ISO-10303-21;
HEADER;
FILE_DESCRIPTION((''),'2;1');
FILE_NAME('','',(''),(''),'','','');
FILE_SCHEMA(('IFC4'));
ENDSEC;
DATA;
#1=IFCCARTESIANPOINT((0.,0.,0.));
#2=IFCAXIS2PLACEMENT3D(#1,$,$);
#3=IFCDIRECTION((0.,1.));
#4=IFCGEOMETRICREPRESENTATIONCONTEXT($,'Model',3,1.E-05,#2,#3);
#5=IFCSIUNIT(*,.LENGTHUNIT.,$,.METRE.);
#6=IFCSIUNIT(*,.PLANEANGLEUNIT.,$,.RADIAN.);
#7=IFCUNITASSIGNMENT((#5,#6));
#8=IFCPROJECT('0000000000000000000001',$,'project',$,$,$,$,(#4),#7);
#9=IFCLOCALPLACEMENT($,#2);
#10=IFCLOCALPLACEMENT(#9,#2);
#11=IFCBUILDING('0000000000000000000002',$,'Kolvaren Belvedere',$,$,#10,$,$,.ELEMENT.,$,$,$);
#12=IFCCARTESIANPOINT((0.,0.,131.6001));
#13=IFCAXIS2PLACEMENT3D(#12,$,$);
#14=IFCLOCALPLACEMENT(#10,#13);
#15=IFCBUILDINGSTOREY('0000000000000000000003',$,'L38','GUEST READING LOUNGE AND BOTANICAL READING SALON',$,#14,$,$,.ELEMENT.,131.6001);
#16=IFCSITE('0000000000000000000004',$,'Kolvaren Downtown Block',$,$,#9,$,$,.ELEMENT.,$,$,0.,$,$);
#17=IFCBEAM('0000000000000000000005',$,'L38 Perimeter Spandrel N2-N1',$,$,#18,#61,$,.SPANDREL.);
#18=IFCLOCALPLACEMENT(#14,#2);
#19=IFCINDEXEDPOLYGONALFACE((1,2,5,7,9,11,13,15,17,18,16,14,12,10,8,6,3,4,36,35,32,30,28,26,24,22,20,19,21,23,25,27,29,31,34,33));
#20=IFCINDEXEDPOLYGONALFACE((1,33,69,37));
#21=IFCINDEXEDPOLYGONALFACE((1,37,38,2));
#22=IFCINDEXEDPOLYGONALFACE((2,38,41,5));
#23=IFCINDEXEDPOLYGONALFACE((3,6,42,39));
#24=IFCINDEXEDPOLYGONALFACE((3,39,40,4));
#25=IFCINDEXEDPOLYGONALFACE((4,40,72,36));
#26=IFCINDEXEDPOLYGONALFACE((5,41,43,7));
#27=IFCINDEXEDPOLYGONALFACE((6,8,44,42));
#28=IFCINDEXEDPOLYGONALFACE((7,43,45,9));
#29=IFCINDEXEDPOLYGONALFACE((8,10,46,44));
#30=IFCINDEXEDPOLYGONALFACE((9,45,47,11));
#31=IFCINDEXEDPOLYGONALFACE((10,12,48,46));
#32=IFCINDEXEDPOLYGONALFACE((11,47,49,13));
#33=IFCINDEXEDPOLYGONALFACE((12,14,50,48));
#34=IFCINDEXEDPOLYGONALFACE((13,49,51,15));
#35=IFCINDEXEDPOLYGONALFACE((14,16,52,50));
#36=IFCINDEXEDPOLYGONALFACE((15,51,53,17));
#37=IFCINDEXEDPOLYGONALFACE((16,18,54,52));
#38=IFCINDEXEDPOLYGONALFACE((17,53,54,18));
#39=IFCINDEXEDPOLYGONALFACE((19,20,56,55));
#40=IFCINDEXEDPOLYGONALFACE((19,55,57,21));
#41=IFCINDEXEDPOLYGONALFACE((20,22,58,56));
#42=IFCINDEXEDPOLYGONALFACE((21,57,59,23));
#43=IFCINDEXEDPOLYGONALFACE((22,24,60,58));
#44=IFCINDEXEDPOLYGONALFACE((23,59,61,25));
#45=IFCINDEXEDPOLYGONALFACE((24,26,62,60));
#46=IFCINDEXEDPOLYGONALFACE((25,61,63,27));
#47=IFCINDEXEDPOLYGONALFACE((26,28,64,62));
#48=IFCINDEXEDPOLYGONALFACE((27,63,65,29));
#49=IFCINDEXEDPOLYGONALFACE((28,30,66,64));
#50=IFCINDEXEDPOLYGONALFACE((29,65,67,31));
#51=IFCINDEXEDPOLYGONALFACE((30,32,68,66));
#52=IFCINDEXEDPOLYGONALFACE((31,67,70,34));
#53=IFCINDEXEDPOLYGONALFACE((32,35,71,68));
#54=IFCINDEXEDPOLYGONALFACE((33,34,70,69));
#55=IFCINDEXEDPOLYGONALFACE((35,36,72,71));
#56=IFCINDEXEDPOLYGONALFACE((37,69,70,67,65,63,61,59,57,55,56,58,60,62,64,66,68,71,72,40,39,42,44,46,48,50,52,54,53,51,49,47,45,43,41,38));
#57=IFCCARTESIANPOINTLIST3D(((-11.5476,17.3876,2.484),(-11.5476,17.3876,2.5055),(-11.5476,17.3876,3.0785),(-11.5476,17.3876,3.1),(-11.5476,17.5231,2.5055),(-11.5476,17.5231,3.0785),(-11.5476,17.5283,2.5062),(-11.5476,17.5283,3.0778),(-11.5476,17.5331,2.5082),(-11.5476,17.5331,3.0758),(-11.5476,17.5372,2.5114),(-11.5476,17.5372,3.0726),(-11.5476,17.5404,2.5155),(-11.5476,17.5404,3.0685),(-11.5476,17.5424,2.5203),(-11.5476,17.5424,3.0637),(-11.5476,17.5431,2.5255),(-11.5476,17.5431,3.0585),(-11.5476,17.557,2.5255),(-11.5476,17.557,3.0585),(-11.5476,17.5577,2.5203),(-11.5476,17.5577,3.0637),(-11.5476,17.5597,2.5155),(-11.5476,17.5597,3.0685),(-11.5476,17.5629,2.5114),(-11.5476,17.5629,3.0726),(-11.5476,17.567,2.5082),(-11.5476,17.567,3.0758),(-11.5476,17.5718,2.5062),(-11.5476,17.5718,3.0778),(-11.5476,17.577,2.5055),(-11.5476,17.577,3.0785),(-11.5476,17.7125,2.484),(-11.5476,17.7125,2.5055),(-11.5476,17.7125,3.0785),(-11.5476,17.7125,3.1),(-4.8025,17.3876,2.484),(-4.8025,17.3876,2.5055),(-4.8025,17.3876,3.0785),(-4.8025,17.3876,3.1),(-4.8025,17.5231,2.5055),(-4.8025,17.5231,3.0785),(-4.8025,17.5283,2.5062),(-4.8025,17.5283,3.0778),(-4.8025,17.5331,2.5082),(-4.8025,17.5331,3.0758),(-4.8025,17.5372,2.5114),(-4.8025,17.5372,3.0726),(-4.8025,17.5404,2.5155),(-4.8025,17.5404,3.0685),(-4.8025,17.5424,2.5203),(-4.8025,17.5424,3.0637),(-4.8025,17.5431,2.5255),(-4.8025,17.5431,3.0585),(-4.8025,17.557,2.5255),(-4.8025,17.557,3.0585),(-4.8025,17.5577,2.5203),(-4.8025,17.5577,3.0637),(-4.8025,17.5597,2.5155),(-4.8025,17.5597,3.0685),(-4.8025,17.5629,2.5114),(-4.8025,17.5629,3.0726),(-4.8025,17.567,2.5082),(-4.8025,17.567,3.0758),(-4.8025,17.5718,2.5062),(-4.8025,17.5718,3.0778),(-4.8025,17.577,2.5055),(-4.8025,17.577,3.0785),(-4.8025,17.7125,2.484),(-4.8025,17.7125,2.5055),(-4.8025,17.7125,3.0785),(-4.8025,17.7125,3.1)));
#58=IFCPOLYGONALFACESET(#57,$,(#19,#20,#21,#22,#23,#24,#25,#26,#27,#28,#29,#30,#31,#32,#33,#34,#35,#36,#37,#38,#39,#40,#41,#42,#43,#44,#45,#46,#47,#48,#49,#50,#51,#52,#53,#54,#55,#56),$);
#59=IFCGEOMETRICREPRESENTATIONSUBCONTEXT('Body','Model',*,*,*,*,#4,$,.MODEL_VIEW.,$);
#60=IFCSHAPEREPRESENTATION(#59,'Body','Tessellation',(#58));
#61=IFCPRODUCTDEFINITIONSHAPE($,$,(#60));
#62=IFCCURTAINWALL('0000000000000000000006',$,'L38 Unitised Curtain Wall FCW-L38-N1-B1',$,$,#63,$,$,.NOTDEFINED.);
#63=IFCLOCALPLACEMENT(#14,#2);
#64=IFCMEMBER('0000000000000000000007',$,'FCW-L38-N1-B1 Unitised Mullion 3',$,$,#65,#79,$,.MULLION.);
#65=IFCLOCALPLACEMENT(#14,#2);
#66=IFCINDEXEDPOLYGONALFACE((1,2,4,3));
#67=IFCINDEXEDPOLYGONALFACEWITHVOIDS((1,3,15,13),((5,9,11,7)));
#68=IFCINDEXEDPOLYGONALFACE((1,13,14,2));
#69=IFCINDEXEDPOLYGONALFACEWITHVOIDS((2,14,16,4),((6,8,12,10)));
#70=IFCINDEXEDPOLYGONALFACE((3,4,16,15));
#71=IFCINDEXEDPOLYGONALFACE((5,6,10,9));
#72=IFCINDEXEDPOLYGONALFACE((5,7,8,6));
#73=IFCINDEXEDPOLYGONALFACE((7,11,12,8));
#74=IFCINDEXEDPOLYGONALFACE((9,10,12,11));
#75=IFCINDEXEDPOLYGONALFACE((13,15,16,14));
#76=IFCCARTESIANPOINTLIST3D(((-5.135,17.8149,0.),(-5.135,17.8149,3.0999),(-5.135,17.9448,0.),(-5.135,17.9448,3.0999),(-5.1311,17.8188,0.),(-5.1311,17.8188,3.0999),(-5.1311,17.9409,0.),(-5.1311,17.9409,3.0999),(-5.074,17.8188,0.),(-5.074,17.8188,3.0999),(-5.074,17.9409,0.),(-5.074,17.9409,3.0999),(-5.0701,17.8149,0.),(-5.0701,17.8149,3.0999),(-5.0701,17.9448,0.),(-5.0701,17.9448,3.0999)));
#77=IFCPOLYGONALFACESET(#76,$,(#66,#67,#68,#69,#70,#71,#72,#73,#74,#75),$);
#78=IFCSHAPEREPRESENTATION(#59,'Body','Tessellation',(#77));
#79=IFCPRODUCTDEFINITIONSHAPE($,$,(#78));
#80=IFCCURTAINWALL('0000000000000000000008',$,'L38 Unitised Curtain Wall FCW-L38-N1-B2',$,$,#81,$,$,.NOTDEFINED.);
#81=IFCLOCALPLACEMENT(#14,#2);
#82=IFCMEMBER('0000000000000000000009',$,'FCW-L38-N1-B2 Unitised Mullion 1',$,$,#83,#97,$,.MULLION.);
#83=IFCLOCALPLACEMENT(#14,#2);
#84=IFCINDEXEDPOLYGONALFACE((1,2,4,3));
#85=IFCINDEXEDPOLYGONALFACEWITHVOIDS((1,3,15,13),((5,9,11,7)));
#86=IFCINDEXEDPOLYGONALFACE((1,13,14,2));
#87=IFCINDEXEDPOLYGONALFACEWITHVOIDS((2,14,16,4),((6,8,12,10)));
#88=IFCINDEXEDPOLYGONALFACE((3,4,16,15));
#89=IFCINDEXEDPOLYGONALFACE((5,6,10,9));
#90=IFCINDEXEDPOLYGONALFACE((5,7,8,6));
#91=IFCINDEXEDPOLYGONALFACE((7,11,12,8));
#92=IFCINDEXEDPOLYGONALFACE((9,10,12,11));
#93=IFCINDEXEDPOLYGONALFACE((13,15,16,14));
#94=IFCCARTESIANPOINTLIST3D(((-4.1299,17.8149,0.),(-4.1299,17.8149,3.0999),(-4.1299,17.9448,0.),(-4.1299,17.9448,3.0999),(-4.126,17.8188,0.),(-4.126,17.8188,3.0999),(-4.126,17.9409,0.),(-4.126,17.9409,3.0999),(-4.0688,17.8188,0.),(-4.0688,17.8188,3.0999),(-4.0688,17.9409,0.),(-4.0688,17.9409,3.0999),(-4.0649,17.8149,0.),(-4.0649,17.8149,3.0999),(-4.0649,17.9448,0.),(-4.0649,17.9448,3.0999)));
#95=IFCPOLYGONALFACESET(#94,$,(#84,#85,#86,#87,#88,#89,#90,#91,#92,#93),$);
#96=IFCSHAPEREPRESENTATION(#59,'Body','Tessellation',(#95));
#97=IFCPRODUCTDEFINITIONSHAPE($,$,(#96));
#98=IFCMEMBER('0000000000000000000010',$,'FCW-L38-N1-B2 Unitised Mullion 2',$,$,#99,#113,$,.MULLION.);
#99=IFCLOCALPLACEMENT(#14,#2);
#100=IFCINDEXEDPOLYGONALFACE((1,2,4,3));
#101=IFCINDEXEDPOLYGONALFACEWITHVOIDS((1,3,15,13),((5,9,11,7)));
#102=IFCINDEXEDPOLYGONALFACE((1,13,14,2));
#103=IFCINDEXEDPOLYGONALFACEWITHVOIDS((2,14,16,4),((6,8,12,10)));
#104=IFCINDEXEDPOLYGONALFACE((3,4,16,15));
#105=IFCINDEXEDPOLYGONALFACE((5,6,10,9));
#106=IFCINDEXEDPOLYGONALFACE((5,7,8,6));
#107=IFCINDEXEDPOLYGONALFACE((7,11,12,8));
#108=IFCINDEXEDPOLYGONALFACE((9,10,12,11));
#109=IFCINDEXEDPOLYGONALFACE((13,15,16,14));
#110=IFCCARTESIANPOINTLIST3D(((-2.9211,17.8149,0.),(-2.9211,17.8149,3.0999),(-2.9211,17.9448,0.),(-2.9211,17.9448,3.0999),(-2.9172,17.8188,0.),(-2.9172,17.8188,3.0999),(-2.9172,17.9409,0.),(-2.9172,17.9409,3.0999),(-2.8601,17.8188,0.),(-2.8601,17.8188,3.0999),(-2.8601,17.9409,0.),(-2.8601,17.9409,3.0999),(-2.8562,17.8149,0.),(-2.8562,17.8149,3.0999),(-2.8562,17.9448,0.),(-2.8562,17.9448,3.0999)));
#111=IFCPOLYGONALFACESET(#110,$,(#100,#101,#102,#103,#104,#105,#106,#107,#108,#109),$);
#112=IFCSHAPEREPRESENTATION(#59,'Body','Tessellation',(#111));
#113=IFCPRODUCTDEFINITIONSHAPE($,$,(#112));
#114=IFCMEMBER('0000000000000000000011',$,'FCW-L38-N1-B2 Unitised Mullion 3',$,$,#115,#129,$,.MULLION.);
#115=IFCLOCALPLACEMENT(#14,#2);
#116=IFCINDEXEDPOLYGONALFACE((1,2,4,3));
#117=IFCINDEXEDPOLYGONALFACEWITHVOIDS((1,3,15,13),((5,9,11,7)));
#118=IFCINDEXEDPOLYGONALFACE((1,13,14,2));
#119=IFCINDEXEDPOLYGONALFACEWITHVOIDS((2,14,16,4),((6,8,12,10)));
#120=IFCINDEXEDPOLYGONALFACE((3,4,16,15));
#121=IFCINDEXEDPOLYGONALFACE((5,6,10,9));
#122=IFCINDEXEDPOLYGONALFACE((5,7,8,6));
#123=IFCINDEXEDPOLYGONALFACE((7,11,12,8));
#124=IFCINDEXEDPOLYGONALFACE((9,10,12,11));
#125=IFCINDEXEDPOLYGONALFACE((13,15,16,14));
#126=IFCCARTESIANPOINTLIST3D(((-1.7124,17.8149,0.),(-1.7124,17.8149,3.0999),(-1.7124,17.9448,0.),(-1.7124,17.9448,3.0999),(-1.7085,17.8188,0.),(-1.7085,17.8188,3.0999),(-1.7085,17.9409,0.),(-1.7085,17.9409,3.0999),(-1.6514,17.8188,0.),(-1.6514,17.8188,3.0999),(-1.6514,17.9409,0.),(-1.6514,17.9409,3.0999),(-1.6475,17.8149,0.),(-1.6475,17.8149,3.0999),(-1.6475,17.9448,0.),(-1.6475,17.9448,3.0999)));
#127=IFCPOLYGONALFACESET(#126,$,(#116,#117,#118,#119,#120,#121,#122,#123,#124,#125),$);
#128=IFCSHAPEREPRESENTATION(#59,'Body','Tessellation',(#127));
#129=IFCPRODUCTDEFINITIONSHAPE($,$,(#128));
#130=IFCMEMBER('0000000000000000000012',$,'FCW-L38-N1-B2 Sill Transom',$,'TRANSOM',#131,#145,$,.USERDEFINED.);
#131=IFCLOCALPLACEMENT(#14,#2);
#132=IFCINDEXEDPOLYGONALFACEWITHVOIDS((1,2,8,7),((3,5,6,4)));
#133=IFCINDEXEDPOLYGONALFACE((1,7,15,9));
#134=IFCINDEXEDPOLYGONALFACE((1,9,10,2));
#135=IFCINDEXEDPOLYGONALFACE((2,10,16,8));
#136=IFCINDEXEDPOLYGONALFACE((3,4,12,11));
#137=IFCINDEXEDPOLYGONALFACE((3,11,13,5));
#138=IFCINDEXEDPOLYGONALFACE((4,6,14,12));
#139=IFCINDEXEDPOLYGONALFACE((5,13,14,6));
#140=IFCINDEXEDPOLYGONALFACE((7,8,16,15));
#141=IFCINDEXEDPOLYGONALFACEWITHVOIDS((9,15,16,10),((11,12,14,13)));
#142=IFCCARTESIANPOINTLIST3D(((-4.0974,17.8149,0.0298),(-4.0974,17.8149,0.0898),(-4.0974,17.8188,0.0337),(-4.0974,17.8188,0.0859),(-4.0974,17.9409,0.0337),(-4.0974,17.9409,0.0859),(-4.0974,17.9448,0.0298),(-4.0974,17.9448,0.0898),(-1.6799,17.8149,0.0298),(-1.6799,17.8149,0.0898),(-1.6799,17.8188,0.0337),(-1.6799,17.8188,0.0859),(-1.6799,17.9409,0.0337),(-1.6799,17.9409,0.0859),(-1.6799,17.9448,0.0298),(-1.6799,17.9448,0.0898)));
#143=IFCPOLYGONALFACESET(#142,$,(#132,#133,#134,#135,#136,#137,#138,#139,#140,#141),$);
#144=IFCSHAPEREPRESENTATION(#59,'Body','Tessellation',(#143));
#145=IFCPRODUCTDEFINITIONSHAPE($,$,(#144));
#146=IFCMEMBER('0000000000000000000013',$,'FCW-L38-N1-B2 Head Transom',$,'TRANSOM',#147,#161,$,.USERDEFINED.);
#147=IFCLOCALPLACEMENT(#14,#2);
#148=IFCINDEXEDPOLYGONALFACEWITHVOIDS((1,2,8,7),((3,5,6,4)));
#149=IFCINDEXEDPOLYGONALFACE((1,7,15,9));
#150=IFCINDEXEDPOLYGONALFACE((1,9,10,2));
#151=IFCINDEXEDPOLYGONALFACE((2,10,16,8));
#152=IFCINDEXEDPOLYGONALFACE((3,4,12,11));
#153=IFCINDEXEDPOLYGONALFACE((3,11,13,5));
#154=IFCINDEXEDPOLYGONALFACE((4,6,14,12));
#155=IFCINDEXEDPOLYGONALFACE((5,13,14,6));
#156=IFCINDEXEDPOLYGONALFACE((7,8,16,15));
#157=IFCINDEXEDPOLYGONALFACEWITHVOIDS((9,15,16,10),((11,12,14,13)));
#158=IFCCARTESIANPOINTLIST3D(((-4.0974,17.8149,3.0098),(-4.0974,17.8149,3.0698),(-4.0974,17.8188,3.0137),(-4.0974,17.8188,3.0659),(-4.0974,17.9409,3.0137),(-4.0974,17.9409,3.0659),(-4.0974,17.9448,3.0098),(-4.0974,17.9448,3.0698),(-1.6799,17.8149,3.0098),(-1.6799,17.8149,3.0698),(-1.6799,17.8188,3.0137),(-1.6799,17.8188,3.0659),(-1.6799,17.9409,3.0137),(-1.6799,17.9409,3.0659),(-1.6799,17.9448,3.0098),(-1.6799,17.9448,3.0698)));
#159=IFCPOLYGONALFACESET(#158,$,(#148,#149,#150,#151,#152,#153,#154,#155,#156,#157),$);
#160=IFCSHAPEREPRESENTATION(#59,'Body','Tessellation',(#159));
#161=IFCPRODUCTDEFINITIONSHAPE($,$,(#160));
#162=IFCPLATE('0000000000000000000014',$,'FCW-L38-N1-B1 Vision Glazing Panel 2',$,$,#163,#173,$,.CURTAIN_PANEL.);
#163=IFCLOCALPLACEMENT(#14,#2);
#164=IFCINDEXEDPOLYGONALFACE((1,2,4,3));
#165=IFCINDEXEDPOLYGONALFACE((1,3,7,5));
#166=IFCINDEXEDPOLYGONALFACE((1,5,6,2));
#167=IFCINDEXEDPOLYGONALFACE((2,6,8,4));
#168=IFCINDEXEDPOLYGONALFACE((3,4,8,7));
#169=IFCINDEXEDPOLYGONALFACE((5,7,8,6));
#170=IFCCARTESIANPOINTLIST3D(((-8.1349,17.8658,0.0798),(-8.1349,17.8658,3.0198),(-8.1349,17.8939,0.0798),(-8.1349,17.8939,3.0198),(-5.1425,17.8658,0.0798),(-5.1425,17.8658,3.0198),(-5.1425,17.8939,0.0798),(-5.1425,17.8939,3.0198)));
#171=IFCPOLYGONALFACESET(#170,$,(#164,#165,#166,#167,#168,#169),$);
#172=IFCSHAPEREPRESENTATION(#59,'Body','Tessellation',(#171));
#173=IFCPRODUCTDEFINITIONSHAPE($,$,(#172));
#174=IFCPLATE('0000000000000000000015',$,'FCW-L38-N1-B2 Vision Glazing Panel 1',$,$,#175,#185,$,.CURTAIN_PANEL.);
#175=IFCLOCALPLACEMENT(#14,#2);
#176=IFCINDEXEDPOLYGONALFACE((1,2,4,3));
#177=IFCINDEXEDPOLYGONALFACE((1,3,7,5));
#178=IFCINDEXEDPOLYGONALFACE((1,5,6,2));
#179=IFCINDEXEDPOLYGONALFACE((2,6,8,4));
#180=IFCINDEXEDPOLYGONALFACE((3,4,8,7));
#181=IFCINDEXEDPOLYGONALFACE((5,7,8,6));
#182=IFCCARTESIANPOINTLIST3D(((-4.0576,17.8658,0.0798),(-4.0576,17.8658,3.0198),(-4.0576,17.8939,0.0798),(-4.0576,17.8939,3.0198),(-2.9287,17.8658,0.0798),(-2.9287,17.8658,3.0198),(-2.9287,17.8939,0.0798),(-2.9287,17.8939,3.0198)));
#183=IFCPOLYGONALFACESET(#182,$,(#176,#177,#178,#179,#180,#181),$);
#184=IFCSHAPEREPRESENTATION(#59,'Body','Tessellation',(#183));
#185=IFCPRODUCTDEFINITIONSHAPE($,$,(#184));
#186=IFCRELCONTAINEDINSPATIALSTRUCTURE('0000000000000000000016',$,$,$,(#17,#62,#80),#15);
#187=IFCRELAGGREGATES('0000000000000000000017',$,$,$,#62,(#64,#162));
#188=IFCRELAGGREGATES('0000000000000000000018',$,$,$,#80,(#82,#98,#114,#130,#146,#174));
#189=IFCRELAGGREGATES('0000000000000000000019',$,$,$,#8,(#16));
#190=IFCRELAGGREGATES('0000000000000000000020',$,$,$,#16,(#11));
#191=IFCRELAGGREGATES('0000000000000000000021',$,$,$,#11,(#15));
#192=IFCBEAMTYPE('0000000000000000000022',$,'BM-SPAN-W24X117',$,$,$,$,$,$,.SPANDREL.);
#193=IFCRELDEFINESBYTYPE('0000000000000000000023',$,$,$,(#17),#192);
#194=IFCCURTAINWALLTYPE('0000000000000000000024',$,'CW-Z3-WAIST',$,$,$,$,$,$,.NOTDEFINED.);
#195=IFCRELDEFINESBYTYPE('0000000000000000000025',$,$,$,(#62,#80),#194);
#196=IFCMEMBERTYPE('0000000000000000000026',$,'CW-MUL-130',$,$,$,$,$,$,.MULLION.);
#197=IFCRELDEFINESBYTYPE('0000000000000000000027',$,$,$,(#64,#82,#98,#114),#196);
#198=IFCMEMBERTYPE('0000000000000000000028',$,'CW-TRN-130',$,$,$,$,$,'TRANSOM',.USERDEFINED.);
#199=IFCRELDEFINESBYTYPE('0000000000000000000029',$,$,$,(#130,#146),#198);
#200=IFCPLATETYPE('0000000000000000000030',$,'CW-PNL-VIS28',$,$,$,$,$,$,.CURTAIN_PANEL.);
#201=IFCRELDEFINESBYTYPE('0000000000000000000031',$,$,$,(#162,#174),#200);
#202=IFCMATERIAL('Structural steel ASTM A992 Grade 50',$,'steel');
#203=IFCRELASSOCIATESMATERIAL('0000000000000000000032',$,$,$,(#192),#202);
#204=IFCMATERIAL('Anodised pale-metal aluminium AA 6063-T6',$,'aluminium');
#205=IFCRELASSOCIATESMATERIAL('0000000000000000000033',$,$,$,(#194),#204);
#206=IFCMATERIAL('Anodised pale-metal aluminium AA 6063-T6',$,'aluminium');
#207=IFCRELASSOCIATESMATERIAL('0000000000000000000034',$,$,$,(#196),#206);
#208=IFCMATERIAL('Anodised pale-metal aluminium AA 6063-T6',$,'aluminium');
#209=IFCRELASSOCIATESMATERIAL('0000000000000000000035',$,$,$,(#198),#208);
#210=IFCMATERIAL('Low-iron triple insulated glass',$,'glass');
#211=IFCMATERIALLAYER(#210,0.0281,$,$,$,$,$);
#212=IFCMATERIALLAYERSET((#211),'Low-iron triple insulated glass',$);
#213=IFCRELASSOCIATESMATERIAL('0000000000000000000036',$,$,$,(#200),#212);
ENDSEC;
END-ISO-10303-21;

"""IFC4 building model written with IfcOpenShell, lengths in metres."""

from ifc_helpers import new_model, si_unit, direction, frame, origin, origin_2d, place, context, subcontext, project, spatial, rectangle, hollow_rectangle, i_section, extrude, material, layer, layer_set, material_profile, profile_set, type_object, element, aggregate, save


model = new_model("IFC4")

# Units and contexts
model_context = context("Model", 3, precision=1e-05, world=origin(), true_north=direction((0.0, 1.0)))
body_context = subcontext(model_context, "Body", "Model", "MODEL_VIEW")
ifc_project = project(units=[si_unit("LENGTHUNIT", "METRE"), si_unit("PLANEANGLEUNIT", "RADIAN")], contexts=[model_context])

# Site, building, storey
site_placement = place(None, origin())
site = spatial("IfcSite", under=ifc_project, at=site_placement, Name="Kolvaren Downtown Block", CompositionType="ELEMENT", RefElevation=0.0)
building_placement = place(site_placement, origin())
building = spatial("IfcBuilding", under=site, at=building_placement, Name="Kolvaren Belvedere", CompositionType="ELEMENT")
storey_placement = place(building_placement, frame((0.0, 0.0, 131.6001)))
storey = spatial("IfcBuildingStorey", under=building, at=storey_placement, Name="L38", Description="GUEST READING LOUNGE AND BOTANICAL READING SALON", CompositionType="ELEMENT", Elevation=131.6001)

# Beam
ifc_material_1 = material(Name="Structural steel ASTM A992 Grade 50", Category="steel")
ifc_material_profile_1 = material_profile(ifc_material_1, i_section(OverallWidth=0.325, OverallDepth=0.616, WebThickness=0.0139, FlangeThickness=0.0215, FilletRadius=0.02, at=origin_2d()), Name="W24X117")
ifc_profile_set_1 = profile_set([ifc_material_profile_1], Name="Structural steel ASTM A992 Grade 50")
beam_type_1 = type_object("IfcBeamType", Name="BM-SPAN-W24X117", PredefinedType="SPANDREL", material=ifc_profile_set_1)
beam_1_placement = place(storey_placement, frame((-4.8025, 17.55, 2.792), z_axis=(-1.0, 0.0, 0.0), x_axis=(0.0, -1.0, 0.0)))
element("IfcBeam", 1, at=beam_1_placement, inside=storey, type_object=beam_type_1, Name="L38 Perimeter Spandrel N2-N1", PredefinedType="SPANDREL", context=body_context, shape_type="SweptSolid", body=[
    extrude(i_section(OverallWidth=0.325, OverallDepth=0.616, WebThickness=0.0139, FlangeThickness=0.0215, FilletRadius=0.02, at=origin_2d()), origin(), (0.0, 0.0, 1.0), 6.7451),
])

# Curtain wall, member
ifc_material_2 = material(Name="Anodised pale-metal aluminium AA 6063-T6", Category="aluminium")
curtain_wall_type = type_object("IfcCurtainWallType", Name="CW-Z3-WAIST", PredefinedType="NOTDEFINED", material=ifc_material_2)
curtain_wall_1_placement = place(storey_placement, origin())
curtain_wall_1 = element("IfcCurtainWall", 2, at=curtain_wall_1_placement, inside=storey, type_object=curtain_wall_type, Name="L38 Unitised Curtain Wall FCW-L38-N1-B1", PredefinedType="NOTDEFINED")
ifc_material_3 = material(Name="Anodised pale-metal aluminium AA 6063-T6", Category="aluminium")
ifc_material_profile_2 = material_profile(ifc_material_3, hollow_rectangle(XDim=0.0649, YDim=0.1299, WallThickness=0.0039, at=origin_2d()), Name="ALU-MUL-130X65")
ifc_profile_set_2 = profile_set([ifc_material_profile_2], Name="Anodised pale-metal aluminium AA 6063-T6")
member_type_1 = type_object("IfcMemberType", Name="CW-MUL-130", PredefinedType="MULLION", material=ifc_profile_set_2)
member_1_placement = place(storey_placement, frame((-5.1025, 17.8799, 0.0), z_axis=(0.0, 0.0, 1.0), x_axis=(1.0, 0.0, 0.0)))
member_1 = element("IfcMember", 3, at=member_1_placement, type_object=member_type_1, Name="FCW-L38-N1-B1 Unitised Mullion 3", PredefinedType="MULLION", context=body_context, shape_type="SweptSolid", body=[
    extrude(hollow_rectangle(XDim=0.0649, YDim=0.1299, WallThickness=0.0039, at=origin_2d()), origin(), (0.0, 0.0, 1.0), 3.0999),
])

# Curtain wall, members
curtain_wall_2_placement = place(storey_placement, origin())
curtain_wall_2 = element("IfcCurtainWall", 4, at=curtain_wall_2_placement, inside=storey, type_object=curtain_wall_type, Name="L38 Unitised Curtain Wall FCW-L38-N1-B2", PredefinedType="NOTDEFINED")
member_2_placement = place(storey_placement, frame((-4.0974, 17.8799, 0.0), z_axis=(0.0, 0.0, 1.0), x_axis=(1.0, 0.0, 0.0)))
member_2 = element("IfcMember", 5, at=member_2_placement, type_object=member_type_1, Name="FCW-L38-N1-B2 Unitised Mullion 1", PredefinedType="MULLION", context=body_context, shape_type="SweptSolid", body=[
    extrude(hollow_rectangle(XDim=0.0649, YDim=0.1299, WallThickness=0.0039, at=origin_2d()), origin(), (0.0, 0.0, 1.0), 3.0999),
])
member_3_placement = place(storey_placement, frame((-2.8887, 17.8799, 0.0), z_axis=(0.0, 0.0, 1.0), x_axis=(1.0, 0.0, 0.0)))
member_3 = element("IfcMember", 6, at=member_3_placement, type_object=member_type_1, Name="FCW-L38-N1-B2 Unitised Mullion 2", PredefinedType="MULLION", context=body_context, shape_type="SweptSolid", body=[
    extrude(hollow_rectangle(XDim=0.0649, YDim=0.1299, WallThickness=0.0039, at=origin_2d()), origin(), (0.0, 0.0, 1.0), 3.0999),
])
member_4_placement = place(storey_placement, frame((-1.6799, 17.8799, 0.0), z_axis=(0.0, 0.0, 1.0), x_axis=(1.0, 0.0, 0.0)))
member_4 = element("IfcMember", 7, at=member_4_placement, type_object=member_type_1, Name="FCW-L38-N1-B2 Unitised Mullion 3", PredefinedType="MULLION", context=body_context, shape_type="SweptSolid", body=[
    extrude(hollow_rectangle(XDim=0.0649, YDim=0.1299, WallThickness=0.0039, at=origin_2d()), origin(), (0.0, 0.0, 1.0), 3.0999),
])
ifc_material_4 = material(Name="Anodised pale-metal aluminium AA 6063-T6", Category="aluminium")
ifc_material_profile_3 = material_profile(ifc_material_4, hollow_rectangle(XDim=0.0601, YDim=0.1299, WallThickness=0.0039, at=origin_2d()), Name="ALU-TRN-130X60")
ifc_profile_set_3 = profile_set([ifc_material_profile_3], Name="Anodised pale-metal aluminium AA 6063-T6")
member_type_2 = type_object("IfcMemberType", Name="CW-TRN-130", ElementType="TRANSOM", PredefinedType="USERDEFINED", material=ifc_profile_set_3)
member_5_placement = place(storey_placement, frame((-4.0974, 17.8799, 0.0598), z_axis=(1.0, 0.0, 0.0), x_axis=(0.0, 0.0, 1.0)))
member_5 = element("IfcMember", 8, at=member_5_placement, type_object=member_type_2, Name="FCW-L38-N1-B2 Sill Transom", ObjectType="TRANSOM", PredefinedType="USERDEFINED", context=body_context, shape_type="SweptSolid", body=[
    extrude(hollow_rectangle(XDim=0.0601, YDim=0.1299, WallThickness=0.0039, at=origin_2d()), origin(), (0.0, 0.0, 1.0), 2.4175),
])
member_6_placement = place(storey_placement, frame((-4.0974, 17.8799, 3.0398), z_axis=(1.0, 0.0, 0.0), x_axis=(0.0, 0.0, 1.0)))
member_6 = element("IfcMember", 9, at=member_6_placement, type_object=member_type_2, Name="FCW-L38-N1-B2 Head Transom", ObjectType="TRANSOM", PredefinedType="USERDEFINED", context=body_context, shape_type="SweptSolid", body=[
    extrude(hollow_rectangle(XDim=0.0601, YDim=0.1299, WallThickness=0.0039, at=origin_2d()), origin(), (0.0, 0.0, 1.0), 2.4175),
])

# Plates
ifc_material_5 = material(Name="Low-iron triple insulated glass", Category="glass")
ifc_layer_1 = layer(ifc_material_5, 0.0281)
ifc_layer_set_1 = layer_set([ifc_layer_1], Name="Low-iron triple insulated glass")
plate_type_1 = type_object("IfcPlateType", Name="CW-PNL-VIS28", PredefinedType="CURTAIN_PANEL", material=ifc_layer_set_1)
plate_1_placement = place(storey_placement, frame((-6.6387, 17.8799, 0.0798), z_axis=(0.0, 0.0, 1.0), x_axis=(1.0, 0.0, 0.0)))
plate_1 = element("IfcPlate", 10, at=plate_1_placement, type_object=plate_type_1, Name="FCW-L38-N1-B1 Vision Glazing Panel 2", PredefinedType="CURTAIN_PANEL", context=body_context, shape_type="SweptSolid", body=[
    extrude(rectangle(XDim=2.9924, YDim=0.0281, at=origin_2d()), origin(), (0.0, 0.0, 1.0), 2.9399),
])
aggregate(curtain_wall_1, [member_1, plate_1])
plate_2_placement = place(storey_placement, frame((-3.4932, 17.8799, 0.0798), z_axis=(0.0, 0.0, 1.0), x_axis=(1.0, 0.0, 0.0)))
plate_2 = element("IfcPlate", 11, at=plate_2_placement, type_object=plate_type_1, Name="FCW-L38-N1-B2 Vision Glazing Panel 1", PredefinedType="CURTAIN_PANEL", context=body_context, shape_type="SweptSolid", body=[
    extrude(rectangle(XDim=1.1289, YDim=0.0281, at=origin_2d()), origin(), (0.0, 0.0, 1.0), 2.9399),
])
aggregate(curtain_wall_2, [member_2, member_3, member_4, member_5, member_6, plate_2])

save(model, "model.ifc")
